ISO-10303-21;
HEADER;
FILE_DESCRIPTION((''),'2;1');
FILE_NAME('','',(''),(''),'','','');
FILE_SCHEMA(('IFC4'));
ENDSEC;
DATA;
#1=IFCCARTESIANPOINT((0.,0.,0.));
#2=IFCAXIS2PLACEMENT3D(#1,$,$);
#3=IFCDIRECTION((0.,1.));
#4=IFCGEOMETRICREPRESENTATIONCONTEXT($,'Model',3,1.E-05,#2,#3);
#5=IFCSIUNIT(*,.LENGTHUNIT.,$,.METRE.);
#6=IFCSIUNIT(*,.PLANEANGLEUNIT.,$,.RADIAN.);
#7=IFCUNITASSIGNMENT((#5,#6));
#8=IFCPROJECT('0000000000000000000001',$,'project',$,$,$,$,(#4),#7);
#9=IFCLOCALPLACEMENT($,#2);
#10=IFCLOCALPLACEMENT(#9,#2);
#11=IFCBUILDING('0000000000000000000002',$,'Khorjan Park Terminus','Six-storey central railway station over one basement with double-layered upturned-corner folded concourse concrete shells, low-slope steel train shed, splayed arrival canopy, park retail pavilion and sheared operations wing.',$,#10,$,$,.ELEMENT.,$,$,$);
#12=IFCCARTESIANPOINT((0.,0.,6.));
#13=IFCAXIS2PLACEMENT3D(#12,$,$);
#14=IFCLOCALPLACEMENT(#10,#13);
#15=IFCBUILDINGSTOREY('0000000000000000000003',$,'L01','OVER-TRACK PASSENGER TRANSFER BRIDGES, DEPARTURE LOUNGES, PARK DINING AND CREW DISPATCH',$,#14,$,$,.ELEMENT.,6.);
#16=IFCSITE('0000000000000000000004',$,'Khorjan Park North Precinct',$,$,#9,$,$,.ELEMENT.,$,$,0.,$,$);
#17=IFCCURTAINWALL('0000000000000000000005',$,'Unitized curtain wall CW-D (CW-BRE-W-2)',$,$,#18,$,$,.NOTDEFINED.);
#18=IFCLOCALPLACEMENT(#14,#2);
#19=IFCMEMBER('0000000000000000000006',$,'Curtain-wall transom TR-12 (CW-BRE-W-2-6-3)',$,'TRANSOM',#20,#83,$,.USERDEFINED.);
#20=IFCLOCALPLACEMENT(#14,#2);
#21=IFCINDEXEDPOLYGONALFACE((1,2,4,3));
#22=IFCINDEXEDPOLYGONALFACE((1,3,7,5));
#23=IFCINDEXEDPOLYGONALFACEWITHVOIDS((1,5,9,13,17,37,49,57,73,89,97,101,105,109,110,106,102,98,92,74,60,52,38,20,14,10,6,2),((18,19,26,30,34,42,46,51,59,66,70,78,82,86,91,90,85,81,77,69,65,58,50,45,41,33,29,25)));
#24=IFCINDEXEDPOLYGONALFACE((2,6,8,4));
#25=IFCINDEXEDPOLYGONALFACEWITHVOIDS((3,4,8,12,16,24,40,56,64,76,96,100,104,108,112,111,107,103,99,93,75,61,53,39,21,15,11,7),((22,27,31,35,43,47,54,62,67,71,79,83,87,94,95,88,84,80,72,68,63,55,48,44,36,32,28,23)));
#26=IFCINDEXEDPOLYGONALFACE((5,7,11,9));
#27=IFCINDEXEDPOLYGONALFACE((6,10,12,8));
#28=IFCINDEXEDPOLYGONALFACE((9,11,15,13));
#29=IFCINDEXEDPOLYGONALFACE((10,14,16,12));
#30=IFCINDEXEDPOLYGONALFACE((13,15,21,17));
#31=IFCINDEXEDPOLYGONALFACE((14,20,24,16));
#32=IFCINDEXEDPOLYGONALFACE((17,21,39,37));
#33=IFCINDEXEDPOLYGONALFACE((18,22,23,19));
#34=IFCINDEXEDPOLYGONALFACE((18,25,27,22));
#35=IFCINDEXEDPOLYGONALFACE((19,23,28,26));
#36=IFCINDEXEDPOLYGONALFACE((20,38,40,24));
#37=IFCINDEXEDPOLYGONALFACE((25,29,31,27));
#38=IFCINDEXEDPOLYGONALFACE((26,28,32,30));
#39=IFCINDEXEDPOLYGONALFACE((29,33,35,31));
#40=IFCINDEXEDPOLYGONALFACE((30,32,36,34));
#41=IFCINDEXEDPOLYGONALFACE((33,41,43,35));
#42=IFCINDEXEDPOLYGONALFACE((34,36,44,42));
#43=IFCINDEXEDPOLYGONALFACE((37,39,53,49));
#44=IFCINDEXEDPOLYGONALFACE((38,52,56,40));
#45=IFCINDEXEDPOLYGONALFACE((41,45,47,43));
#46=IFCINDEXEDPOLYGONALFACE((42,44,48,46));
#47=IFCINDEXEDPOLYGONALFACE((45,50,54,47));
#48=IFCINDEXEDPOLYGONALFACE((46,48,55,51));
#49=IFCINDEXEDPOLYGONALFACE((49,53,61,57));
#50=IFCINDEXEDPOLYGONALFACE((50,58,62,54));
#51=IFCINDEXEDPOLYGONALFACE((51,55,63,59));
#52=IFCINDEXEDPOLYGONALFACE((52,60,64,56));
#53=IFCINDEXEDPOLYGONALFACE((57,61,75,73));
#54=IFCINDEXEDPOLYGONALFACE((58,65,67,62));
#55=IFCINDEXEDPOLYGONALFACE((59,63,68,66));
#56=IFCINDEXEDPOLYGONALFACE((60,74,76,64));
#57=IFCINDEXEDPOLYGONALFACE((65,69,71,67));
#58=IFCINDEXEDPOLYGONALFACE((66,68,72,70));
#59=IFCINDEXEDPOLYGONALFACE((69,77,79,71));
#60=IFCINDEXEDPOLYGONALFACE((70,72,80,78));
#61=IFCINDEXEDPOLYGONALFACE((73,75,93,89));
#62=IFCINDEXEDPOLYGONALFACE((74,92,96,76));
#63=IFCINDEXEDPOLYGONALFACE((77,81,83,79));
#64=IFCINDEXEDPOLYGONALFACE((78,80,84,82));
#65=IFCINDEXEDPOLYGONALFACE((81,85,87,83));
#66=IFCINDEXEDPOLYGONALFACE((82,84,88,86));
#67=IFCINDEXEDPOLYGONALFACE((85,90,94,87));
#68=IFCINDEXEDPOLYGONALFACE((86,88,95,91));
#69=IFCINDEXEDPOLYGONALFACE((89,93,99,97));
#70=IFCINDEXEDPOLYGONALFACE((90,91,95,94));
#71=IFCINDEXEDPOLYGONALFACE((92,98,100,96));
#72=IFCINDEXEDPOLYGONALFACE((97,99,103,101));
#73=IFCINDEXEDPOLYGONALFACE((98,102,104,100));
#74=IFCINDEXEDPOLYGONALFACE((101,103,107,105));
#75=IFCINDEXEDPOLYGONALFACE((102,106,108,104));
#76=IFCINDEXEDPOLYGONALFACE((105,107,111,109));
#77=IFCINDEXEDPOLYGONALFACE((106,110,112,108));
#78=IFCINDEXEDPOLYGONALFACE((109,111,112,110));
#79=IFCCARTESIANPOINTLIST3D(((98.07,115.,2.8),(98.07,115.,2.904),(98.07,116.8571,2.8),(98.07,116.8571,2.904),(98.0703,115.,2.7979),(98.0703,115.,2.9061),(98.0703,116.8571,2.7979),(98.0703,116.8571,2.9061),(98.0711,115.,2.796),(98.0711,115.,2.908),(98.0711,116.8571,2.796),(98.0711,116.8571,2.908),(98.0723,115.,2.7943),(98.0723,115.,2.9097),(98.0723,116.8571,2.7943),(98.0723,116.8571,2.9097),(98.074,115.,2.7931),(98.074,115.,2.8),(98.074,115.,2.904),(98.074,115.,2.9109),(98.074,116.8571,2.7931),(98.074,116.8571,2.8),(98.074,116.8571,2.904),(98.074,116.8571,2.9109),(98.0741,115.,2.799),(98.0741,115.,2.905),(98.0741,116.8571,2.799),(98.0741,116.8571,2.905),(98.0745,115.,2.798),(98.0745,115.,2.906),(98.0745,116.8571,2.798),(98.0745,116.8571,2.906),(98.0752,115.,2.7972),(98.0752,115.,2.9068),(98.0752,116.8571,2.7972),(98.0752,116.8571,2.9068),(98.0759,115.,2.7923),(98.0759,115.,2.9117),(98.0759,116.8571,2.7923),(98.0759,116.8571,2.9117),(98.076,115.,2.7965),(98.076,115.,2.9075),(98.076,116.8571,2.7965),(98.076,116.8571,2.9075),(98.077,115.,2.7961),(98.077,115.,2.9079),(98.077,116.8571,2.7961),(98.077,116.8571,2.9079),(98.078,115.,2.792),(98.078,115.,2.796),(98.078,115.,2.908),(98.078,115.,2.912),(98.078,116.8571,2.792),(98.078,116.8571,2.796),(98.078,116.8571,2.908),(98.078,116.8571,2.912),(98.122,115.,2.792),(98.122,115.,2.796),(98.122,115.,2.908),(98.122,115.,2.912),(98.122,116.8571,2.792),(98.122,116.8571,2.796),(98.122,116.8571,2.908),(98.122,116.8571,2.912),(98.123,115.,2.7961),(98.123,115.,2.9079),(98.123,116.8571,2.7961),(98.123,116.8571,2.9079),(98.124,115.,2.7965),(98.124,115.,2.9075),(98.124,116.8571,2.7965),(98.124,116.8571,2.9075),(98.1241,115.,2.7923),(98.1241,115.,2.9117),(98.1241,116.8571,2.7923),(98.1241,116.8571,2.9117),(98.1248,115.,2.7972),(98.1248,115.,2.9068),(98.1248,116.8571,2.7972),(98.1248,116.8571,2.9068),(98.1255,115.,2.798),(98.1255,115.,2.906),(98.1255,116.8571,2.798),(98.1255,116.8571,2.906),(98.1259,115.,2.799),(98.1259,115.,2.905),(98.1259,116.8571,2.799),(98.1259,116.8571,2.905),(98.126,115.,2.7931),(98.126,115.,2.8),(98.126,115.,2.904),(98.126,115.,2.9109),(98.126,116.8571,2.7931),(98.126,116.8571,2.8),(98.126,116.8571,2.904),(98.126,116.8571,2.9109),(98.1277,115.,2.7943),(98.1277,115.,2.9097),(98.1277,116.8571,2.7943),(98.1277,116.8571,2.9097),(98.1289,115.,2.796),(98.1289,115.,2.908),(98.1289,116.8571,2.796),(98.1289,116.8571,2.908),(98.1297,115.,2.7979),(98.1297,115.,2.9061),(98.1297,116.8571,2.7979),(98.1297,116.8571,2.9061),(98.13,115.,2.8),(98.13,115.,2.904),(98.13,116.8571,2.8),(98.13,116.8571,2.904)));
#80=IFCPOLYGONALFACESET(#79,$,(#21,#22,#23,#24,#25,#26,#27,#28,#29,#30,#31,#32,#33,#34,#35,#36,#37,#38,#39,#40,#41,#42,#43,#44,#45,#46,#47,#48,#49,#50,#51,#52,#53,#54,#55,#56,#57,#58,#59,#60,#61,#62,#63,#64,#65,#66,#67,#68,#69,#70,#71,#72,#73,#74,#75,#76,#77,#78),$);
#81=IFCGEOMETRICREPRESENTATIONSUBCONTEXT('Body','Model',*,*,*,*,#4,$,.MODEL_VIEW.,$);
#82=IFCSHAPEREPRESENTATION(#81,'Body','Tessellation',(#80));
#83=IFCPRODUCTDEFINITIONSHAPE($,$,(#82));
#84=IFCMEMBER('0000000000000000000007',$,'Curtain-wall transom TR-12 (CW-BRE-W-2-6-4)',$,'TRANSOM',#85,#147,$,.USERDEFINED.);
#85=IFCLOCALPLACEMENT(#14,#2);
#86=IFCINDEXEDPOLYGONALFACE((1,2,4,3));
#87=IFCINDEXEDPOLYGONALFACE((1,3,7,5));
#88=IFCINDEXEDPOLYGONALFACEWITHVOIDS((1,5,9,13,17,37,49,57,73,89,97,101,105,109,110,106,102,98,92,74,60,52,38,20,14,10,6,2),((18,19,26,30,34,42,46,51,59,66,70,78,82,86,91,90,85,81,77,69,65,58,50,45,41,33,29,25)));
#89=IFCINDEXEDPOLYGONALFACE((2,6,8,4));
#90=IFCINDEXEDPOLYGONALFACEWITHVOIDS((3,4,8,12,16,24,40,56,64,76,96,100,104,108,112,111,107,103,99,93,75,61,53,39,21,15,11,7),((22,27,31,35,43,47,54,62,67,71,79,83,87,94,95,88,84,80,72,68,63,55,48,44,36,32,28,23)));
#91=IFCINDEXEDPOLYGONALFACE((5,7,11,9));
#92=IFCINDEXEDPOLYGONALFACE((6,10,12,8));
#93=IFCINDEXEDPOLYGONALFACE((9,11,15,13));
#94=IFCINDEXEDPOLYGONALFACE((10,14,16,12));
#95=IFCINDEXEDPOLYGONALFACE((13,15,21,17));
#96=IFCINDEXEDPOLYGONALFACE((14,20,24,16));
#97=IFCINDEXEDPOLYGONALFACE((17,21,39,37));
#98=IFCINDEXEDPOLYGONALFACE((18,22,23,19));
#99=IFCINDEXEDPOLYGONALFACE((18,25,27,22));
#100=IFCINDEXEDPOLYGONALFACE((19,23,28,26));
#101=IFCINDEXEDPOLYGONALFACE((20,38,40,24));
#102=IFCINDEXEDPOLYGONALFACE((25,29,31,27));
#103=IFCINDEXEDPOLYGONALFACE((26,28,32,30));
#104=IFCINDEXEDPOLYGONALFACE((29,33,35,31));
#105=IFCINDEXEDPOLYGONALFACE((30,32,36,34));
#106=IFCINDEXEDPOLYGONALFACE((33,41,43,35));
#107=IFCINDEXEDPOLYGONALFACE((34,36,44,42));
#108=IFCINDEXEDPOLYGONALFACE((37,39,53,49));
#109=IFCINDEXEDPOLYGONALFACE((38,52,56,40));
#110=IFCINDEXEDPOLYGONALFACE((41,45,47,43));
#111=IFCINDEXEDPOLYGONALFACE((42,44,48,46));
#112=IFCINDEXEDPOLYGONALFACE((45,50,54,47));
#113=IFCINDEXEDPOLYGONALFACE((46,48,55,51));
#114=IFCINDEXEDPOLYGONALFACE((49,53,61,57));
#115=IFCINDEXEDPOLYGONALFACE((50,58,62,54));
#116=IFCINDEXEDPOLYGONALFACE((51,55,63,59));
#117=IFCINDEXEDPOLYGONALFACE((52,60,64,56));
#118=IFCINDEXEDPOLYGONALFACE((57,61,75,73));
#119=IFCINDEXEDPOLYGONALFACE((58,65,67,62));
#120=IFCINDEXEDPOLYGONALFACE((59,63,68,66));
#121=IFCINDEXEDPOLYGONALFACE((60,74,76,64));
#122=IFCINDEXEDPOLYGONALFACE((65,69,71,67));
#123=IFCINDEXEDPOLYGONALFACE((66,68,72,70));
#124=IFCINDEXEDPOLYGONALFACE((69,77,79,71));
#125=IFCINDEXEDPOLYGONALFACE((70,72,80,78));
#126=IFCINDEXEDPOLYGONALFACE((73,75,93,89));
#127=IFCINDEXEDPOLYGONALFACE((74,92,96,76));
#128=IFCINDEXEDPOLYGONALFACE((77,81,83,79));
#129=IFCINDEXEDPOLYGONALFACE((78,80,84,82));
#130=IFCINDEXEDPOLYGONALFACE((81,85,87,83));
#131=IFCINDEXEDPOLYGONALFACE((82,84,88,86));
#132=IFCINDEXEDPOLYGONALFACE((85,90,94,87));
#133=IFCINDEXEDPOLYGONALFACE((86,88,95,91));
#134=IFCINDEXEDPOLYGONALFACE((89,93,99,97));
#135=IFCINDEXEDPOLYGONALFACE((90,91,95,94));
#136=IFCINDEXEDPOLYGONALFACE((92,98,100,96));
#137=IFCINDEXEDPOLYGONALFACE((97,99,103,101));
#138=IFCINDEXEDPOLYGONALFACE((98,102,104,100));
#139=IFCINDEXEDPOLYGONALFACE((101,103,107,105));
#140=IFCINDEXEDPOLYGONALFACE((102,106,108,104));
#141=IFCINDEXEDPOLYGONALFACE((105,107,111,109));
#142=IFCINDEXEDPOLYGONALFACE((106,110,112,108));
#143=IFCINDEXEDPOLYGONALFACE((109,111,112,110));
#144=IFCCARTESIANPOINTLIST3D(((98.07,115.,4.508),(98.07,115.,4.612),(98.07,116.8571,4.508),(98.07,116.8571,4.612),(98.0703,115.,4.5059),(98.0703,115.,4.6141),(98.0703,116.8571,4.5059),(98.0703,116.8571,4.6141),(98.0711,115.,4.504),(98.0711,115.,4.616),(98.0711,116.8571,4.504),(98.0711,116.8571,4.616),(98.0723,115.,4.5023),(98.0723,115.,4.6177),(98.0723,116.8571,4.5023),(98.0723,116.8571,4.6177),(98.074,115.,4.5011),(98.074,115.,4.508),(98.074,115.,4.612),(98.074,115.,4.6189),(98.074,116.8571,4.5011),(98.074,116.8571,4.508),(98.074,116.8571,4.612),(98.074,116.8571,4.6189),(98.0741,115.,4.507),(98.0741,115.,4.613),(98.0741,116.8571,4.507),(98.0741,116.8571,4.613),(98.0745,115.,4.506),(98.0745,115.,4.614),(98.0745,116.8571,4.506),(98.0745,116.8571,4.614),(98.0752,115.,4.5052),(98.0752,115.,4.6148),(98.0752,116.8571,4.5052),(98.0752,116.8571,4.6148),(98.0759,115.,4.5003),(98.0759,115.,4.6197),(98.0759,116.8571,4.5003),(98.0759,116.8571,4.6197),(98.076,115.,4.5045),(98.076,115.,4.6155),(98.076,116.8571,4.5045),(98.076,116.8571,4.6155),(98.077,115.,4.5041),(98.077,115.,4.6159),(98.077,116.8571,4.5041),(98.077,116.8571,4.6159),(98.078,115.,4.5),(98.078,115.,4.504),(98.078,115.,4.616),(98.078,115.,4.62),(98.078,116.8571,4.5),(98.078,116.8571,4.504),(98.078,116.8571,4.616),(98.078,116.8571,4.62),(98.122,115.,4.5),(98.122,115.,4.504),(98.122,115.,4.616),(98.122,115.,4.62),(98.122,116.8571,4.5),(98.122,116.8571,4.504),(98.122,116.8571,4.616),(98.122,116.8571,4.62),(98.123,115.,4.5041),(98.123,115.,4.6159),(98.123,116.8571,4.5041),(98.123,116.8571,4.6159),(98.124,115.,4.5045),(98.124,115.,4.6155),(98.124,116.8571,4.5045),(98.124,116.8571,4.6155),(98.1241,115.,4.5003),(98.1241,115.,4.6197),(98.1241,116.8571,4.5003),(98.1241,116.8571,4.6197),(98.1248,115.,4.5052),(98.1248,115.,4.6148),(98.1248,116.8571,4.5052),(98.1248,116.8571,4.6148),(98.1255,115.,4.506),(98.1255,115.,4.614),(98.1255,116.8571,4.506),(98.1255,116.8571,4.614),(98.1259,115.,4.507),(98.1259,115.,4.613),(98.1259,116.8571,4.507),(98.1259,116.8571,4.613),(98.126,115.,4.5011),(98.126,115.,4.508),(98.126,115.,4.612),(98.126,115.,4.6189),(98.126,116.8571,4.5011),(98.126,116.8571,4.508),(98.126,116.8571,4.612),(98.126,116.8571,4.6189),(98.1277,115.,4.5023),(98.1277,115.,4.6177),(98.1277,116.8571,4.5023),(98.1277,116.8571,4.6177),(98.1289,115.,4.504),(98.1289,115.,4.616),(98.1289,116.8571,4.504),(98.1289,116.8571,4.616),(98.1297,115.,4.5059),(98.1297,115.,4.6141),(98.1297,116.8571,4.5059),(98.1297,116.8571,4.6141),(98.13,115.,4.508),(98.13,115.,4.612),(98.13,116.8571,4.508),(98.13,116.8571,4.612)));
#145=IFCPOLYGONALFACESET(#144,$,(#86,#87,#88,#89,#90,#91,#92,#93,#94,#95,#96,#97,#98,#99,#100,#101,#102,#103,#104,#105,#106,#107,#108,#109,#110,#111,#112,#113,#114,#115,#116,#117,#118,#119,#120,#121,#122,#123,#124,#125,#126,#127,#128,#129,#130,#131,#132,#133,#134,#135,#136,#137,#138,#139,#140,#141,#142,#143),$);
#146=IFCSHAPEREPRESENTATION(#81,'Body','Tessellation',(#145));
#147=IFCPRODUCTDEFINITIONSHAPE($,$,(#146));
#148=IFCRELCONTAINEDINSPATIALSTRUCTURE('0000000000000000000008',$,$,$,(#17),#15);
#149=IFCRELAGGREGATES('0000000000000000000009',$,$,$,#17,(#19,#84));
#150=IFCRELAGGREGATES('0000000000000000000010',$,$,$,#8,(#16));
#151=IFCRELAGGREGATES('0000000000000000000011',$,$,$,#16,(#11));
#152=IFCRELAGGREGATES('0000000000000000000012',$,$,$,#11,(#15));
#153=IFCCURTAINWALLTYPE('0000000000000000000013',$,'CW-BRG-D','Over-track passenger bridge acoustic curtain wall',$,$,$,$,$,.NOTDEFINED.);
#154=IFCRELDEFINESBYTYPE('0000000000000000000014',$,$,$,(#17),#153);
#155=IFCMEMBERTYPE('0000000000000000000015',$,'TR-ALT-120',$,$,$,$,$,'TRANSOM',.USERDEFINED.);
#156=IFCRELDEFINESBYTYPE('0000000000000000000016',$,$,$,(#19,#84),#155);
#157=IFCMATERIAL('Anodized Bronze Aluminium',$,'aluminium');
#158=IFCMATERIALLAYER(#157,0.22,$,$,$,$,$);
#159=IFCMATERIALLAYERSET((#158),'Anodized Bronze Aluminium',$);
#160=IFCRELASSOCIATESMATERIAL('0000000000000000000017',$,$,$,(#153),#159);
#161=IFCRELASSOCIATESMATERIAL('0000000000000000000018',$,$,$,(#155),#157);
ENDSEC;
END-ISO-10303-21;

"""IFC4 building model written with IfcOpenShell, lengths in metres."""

from ifc_helpers import new_model, si_unit, direction, frame, origin, origin_2d, place, context, subcontext, project, spatial, hollow_rectangle, extrude, material, layer, layer_set, material_profile, profile_set, type_object, element, aggregate, save


model = new_model("IFC4")

# Units and contexts
model_context = context("Model", 3, precision=1e-05, world=origin(), true_north=direction((0.0, 1.0)))
body_context = subcontext(model_context, "Body", "Model", "MODEL_VIEW")
ifc_project = project(units=[si_unit("LENGTHUNIT", "METRE"), si_unit("PLANEANGLEUNIT", "RADIAN")], contexts=[model_context])

# Site, building, storey
site_placement = place(None, origin())
site = spatial("IfcSite", under=ifc_project, at=site_placement, Name="Khorjan Park North Precinct", CompositionType="ELEMENT", RefElevation=0.0)
building_placement = place(site_placement, origin())
building = spatial("IfcBuilding", under=site, at=building_placement, Name="Khorjan Park Terminus", Description="Six-storey central railway station over one basement with double-layered upturned-corner folded concourse concrete shells, low-slope steel train shed, splayed arrival canopy, park retail pavilion and sheared operations wing.", CompositionType="ELEMENT")
storey_placement = place(building_placement, frame((0.0, 0.0, 6.0)))
storey = spatial("IfcBuildingStorey", under=building, at=storey_placement, Name="L01", Description="OVER-TRACK PASSENGER TRANSFER BRIDGES, DEPARTURE LOUNGES, PARK DINING AND CREW DISPATCH", CompositionType="ELEMENT", Elevation=6.0)

# Curtain wall
ifc_material_1 = material(Name="Anodized Bronze Aluminium", Category="aluminium")
ifc_layer_1 = layer(ifc_material_1, 0.22)
ifc_layer_set_1 = layer_set([ifc_layer_1], Name="Anodized Bronze Aluminium")
curtain_wall_type = type_object("IfcCurtainWallType", Name="CW-BRG-D", Description="Over-track passenger bridge acoustic curtain wall", PredefinedType="NOTDEFINED", material=ifc_layer_set_1)
curtain_wall_1_placement = place(storey_placement, origin())
curtain_wall_1 = element("IfcCurtainWall", 1, at=curtain_wall_1_placement, inside=storey, type_object=curtain_wall_type, Name="Unitized curtain wall CW-D (CW-BRE-W-2)", PredefinedType="NOTDEFINED")
ifc_material_profile_1 = material_profile(ifc_material_1, hollow_rectangle(XDim=0.06, YDim=0.12, WallThickness=0.004, InnerFilletRadius=0.004, OuterFilletRadius=0.008, at=origin_2d()), Name="ALT 60x120x4")
ifc_profile_set_1 = profile_set([ifc_material_profile_1], Name="Anodized Bronze Aluminium")
member_type_1 = type_object("IfcMemberType", Name="TR-ALT-120", ElementType="TRANSOM", PredefinedType="USERDEFINED", material=ifc_profile_set_1)

# Members
member_1_placement = place(storey_placement, frame((98.1, 116.8571, 2.852), z_axis=(0.0, -1.0, 0.0), x_axis=(1.0, 0.0, 0.0)))
member_1 = element("IfcMember", 2, at=member_1_placement, type_object=member_type_1, Name="Curtain-wall transom TR-12 (CW-BRE-W-2-6-3)", ObjectType="TRANSOM", PredefinedType="USERDEFINED", context=body_context, shape_type="SweptSolid", body=[
    extrude(hollow_rectangle(XDim=0.06, YDim=0.12, WallThickness=0.004, InnerFilletRadius=0.004, OuterFilletRadius=0.008, at=origin_2d()), origin(), (0.0, 0.0, 1.0), 1.8571),
])
member_2_placement = place(storey_placement, frame((98.1, 116.8571, 4.56), z_axis=(0.0, -1.0, 0.0), x_axis=(1.0, 0.0, 0.0)))
member_2 = element("IfcMember", 3, at=member_2_placement, type_object=member_type_1, Name="Curtain-wall transom TR-12 (CW-BRE-W-2-6-4)", ObjectType="TRANSOM", PredefinedType="USERDEFINED", context=body_context, shape_type="SweptSolid", body=[
    extrude(hollow_rectangle(XDim=0.06, YDim=0.12, WallThickness=0.004, InnerFilletRadius=0.004, OuterFilletRadius=0.008, at=origin_2d()), origin(), (0.0, 0.0, 1.0), 1.8571),
])

aggregate(curtain_wall_1, [member_1, member_2])

save(model, "model.ifc")
